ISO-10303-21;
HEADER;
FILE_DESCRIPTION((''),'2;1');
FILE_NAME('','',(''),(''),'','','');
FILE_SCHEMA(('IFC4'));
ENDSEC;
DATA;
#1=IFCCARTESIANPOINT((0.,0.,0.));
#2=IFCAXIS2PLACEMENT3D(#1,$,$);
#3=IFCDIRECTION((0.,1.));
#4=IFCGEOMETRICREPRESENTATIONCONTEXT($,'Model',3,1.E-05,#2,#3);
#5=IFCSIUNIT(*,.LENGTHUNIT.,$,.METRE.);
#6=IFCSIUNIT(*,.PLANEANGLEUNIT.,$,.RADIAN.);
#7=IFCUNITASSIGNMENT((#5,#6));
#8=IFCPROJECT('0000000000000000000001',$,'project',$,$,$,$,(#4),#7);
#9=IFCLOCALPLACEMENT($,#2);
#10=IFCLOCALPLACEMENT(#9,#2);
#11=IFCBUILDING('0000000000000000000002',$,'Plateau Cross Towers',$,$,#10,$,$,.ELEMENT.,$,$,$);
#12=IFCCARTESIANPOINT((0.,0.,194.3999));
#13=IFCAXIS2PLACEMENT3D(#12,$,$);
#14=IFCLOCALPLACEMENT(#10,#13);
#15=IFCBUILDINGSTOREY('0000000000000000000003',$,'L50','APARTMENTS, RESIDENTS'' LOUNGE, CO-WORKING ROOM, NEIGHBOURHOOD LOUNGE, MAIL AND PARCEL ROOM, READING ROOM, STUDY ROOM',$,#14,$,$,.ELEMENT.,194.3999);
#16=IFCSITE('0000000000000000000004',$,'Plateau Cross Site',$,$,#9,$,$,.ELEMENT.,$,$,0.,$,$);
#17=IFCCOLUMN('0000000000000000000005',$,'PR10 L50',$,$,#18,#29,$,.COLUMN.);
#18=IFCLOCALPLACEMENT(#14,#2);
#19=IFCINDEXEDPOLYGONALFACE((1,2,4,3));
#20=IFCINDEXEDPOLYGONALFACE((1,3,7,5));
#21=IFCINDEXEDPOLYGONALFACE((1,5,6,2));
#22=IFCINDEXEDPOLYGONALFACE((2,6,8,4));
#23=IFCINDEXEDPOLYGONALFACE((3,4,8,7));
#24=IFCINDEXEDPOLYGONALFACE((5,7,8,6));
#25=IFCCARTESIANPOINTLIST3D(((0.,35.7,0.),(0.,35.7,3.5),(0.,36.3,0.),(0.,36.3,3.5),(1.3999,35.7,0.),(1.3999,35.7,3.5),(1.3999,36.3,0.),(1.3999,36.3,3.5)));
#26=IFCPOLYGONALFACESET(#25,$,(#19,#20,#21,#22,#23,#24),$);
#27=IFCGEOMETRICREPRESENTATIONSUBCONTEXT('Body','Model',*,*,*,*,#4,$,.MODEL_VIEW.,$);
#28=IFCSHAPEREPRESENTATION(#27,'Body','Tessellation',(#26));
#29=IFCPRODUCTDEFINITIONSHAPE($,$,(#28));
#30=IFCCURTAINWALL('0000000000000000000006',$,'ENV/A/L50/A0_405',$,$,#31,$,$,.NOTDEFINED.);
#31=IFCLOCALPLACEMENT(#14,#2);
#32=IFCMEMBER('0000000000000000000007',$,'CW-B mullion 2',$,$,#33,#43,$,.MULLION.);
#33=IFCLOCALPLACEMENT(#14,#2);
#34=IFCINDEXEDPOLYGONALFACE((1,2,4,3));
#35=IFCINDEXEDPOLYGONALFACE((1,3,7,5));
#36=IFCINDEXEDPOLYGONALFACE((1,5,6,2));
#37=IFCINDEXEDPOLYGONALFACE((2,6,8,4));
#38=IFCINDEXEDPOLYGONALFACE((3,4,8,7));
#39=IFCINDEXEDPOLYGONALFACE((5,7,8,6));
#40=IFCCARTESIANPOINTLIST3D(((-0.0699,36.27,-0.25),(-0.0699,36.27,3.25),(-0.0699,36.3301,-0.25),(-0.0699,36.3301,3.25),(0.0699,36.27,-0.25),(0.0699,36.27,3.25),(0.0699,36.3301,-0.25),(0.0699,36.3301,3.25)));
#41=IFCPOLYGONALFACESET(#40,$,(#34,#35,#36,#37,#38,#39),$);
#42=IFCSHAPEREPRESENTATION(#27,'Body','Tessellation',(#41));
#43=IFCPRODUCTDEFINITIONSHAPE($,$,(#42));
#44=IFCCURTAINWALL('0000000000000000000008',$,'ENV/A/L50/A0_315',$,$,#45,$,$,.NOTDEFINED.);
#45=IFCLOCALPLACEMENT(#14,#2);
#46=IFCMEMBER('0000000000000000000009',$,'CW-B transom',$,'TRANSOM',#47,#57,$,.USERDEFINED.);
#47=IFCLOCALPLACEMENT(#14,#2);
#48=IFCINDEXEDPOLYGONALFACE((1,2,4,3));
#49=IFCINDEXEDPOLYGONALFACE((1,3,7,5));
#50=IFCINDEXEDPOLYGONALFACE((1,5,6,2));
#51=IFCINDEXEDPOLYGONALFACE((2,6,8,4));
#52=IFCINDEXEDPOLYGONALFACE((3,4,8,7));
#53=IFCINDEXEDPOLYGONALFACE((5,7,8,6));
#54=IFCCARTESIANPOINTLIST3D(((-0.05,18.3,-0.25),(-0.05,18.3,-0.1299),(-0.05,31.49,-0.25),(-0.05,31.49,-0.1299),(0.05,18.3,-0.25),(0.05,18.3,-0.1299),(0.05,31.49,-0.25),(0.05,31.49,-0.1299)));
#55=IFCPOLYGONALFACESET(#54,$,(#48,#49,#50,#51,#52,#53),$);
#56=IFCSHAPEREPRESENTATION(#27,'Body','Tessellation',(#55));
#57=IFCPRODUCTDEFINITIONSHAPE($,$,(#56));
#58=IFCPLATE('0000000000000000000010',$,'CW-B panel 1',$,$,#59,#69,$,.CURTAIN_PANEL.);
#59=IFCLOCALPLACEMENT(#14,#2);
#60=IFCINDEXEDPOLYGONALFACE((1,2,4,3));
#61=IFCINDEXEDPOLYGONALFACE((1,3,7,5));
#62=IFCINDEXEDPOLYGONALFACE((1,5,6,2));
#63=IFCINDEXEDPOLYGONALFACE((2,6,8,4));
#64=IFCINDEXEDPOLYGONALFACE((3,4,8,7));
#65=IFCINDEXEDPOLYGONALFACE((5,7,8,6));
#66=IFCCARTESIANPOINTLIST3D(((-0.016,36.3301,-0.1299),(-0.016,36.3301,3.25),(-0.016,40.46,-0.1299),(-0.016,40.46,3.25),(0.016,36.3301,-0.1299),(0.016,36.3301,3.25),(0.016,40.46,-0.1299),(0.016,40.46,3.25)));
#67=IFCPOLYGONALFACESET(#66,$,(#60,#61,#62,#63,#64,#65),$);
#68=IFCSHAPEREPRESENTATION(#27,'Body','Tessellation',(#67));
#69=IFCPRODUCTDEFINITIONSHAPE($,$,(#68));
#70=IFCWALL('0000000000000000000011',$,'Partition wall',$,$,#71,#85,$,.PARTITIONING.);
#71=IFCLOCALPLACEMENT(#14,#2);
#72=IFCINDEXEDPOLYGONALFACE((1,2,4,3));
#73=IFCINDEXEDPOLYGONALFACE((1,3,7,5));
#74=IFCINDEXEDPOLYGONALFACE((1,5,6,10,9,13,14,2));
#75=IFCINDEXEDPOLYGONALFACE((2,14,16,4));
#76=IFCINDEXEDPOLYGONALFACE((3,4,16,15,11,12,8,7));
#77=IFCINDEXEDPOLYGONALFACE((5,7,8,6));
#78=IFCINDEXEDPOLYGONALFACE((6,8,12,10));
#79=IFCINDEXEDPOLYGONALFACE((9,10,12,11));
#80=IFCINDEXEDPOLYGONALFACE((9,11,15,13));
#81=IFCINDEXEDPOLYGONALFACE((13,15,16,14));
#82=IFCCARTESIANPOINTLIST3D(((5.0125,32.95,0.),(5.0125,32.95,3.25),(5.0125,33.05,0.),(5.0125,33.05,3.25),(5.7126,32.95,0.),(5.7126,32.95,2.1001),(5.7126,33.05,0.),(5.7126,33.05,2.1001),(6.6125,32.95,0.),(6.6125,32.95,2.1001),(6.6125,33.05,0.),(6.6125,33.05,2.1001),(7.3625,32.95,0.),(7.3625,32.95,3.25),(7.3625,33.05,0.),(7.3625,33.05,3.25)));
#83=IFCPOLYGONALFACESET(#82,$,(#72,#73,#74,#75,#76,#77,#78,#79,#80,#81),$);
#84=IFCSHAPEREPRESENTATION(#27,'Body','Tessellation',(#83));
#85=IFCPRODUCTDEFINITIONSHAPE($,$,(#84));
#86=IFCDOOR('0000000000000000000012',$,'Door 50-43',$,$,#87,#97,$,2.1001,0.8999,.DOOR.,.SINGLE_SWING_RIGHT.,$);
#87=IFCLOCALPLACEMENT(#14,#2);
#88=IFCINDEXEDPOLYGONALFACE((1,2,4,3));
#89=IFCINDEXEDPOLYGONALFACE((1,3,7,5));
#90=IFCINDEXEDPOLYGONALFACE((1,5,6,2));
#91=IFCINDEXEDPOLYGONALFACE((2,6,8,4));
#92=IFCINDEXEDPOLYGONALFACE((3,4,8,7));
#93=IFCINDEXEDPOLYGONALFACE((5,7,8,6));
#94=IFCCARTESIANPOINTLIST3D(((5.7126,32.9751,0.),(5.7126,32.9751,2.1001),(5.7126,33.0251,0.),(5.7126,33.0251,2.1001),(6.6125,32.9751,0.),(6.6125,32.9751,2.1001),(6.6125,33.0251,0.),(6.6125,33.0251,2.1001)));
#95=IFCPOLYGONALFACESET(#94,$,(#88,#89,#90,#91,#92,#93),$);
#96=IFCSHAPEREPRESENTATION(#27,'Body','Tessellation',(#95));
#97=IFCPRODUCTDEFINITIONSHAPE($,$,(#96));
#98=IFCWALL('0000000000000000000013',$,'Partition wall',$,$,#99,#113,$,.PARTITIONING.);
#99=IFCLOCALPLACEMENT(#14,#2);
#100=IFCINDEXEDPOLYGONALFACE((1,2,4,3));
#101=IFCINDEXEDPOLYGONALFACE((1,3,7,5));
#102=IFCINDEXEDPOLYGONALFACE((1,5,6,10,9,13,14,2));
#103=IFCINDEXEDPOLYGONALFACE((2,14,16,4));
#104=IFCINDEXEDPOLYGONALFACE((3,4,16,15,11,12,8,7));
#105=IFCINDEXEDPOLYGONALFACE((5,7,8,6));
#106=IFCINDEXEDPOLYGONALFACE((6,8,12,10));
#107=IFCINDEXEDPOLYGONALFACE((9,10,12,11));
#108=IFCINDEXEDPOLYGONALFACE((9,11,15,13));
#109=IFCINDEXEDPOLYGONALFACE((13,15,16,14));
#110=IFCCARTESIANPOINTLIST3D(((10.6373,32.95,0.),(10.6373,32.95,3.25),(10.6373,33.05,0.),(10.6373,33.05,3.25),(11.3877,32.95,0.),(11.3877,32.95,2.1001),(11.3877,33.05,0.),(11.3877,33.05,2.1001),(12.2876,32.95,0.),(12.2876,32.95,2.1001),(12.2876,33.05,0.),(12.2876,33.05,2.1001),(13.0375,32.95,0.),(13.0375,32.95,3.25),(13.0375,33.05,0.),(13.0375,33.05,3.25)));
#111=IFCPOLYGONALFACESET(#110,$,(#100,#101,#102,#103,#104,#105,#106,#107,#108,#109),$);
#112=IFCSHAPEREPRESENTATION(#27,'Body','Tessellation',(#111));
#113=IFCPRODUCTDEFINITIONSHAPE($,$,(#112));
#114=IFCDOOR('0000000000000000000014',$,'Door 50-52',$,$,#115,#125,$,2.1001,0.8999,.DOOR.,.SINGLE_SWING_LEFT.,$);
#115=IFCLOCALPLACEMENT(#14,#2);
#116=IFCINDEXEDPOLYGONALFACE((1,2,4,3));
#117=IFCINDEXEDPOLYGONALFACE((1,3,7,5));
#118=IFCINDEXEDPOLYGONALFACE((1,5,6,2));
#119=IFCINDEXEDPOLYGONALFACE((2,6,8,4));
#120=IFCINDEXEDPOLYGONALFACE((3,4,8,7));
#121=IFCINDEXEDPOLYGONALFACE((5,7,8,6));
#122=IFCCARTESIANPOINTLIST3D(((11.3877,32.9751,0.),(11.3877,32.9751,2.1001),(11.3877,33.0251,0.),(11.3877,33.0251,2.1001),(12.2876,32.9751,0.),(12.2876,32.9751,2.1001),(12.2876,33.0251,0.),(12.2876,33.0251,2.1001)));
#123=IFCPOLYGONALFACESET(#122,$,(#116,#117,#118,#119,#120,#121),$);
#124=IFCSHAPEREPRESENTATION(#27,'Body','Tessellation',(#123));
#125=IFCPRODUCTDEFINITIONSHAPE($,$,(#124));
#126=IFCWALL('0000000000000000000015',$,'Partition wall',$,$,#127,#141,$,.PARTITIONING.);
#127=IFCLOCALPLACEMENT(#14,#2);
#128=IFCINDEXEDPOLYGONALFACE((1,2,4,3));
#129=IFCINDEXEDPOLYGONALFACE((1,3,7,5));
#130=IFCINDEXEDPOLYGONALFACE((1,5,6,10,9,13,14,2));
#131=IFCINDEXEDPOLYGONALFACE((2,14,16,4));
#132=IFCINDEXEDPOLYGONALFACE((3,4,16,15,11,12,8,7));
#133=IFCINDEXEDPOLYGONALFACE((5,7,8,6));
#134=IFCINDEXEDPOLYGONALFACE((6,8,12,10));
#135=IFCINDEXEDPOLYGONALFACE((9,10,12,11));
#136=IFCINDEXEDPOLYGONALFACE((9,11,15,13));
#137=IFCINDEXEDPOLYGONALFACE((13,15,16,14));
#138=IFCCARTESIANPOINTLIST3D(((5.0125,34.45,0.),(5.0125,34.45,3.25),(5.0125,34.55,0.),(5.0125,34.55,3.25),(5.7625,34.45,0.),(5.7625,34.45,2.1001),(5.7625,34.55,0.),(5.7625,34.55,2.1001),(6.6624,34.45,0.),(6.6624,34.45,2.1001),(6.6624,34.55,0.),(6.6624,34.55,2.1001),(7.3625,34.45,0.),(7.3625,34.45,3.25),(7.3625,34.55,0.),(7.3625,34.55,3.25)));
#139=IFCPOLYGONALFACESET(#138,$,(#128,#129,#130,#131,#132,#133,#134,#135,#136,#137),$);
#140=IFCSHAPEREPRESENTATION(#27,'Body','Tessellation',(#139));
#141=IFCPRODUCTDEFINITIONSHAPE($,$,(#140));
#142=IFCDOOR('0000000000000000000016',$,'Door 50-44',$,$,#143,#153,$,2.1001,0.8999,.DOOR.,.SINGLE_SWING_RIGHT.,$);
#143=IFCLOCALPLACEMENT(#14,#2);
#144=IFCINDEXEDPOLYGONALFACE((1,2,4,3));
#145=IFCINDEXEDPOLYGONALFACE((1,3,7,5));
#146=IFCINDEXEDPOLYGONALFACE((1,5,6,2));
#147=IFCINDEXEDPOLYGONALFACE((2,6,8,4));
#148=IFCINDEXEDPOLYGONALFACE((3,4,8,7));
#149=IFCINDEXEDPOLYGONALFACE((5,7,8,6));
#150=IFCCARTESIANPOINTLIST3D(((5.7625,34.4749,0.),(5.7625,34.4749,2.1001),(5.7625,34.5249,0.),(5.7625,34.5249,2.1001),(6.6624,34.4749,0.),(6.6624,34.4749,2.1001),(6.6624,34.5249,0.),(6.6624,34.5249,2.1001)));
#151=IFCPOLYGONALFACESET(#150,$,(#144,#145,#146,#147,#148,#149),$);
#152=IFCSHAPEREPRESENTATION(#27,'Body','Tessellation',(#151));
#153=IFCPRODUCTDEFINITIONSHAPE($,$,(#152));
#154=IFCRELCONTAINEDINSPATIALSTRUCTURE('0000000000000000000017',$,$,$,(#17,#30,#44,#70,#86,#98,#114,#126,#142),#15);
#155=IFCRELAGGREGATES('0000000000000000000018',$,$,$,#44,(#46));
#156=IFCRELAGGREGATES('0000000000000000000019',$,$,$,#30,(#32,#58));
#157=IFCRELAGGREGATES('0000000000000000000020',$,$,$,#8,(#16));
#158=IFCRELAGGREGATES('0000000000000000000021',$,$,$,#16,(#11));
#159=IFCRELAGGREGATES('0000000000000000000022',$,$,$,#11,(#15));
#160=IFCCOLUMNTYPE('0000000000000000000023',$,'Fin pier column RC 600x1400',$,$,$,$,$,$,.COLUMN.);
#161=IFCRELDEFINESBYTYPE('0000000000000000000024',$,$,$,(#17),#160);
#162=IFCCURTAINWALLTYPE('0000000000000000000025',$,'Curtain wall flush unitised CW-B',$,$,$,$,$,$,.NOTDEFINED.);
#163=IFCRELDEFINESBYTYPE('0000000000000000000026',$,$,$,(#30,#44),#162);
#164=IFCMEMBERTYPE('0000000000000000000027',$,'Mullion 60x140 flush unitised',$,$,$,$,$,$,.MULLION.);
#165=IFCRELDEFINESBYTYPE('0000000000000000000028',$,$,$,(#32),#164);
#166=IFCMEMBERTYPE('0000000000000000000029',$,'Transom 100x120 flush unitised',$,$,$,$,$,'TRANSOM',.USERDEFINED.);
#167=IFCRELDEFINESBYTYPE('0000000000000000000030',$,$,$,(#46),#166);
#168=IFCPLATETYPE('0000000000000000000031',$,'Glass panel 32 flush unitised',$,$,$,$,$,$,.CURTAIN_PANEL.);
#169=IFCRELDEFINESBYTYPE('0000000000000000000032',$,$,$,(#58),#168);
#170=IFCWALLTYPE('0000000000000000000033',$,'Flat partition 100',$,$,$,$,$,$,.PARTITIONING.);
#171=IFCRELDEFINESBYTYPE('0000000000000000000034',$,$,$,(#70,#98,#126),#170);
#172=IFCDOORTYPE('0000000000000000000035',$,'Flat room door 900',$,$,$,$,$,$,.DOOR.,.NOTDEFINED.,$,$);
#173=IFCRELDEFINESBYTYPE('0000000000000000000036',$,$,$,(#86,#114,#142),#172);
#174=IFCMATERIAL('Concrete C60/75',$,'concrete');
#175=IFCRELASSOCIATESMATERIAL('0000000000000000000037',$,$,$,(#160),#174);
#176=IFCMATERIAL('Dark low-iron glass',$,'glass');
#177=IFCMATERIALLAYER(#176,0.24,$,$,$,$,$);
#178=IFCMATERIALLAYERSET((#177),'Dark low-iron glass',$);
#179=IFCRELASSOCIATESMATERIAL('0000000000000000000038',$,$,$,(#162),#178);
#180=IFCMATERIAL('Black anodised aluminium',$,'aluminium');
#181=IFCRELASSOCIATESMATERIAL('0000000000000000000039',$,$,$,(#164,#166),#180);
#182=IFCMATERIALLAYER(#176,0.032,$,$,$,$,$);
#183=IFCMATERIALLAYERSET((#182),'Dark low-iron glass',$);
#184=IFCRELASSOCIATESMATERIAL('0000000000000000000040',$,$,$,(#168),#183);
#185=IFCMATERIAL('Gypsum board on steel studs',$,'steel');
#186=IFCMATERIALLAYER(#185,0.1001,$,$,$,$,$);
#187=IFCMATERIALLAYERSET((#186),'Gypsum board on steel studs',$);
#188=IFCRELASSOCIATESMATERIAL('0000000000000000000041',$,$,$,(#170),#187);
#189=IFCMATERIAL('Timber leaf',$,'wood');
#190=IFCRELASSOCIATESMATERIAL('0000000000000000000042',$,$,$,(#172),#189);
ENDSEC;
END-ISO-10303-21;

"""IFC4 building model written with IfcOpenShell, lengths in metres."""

from ifc_helpers import new_model, si_unit, direction, frame, frame_2d, origin, origin_2d, place, context, subcontext, project, spatial, rectangle, extrude, material, layer, layer_set, material_profile, profile_set, type_object, element, fill, aggregate, save


model = new_model("IFC4")

# Units and contexts
model_context = context("Model", 3, precision=1e-05, world=origin(), true_north=direction((0.0, 1.0)))
body_context = subcontext(model_context, "Body", "Model", "MODEL_VIEW")
ifc_project = project(units=[si_unit("LENGTHUNIT", "METRE"), si_unit("PLANEANGLEUNIT", "RADIAN")], contexts=[model_context])

# Site, building, storey
site_placement = place(None, origin())
site = spatial("IfcSite", under=ifc_project, at=site_placement, Name="Plateau Cross Site", CompositionType="ELEMENT", RefElevation=0.0)
building_placement = place(site_placement, origin())
building = spatial("IfcBuilding", under=site, at=building_placement, Name="Plateau Cross Towers", CompositionType="ELEMENT")
storey_placement = place(building_placement, frame((0.0, 0.0, 194.3999)))
storey = spatial("IfcBuildingStorey", under=building, at=storey_placement, Name="L50", Description="APARTMENTS, RESIDENTS' LOUNGE, CO-WORKING ROOM, NEIGHBOURHOOD LOUNGE, MAIL AND PARCEL ROOM, READING ROOM, STUDY ROOM", CompositionType="ELEMENT", Elevation=194.3999)

# Column
ifc_material_1 = material(Name="Concrete C60/75", Category="concrete")
ifc_material_profile_1 = material_profile(ifc_material_1, rectangle(XDim=0.6001, YDim=1.3999, at=origin_2d()), Name="RC 600x1400")
ifc_profile_set_1 = profile_set([ifc_material_profile_1], Name="Concrete C60/75")
column_type = type_object("IfcColumnType", Name="Fin pier column RC 600x1400", PredefinedType="COLUMN", material=ifc_profile_set_1)
column_placement = place(storey_placement, frame((0.7, 36.0, 0.0), z_axis=(0.0, 0.0, 1.0), x_axis=(0.0, 1.0, 0.0)))
element("IfcColumn", 1, at=column_placement, inside=storey, type_object=column_type, Name="PR10 L50", PredefinedType="COLUMN", context=body_context, shape_type="SweptSolid", body=[
    extrude(rectangle(XDim=0.6001, YDim=1.3999, at=origin_2d()), origin(), (0.0, 0.0, 1.0), 3.5),
])

# Curtain walls, members
ifc_material_2 = material(Name="Dark low-iron glass", Category="glass")
ifc_layer_1 = layer(ifc_material_2, 0.24)
ifc_layer_set_1 = layer_set([ifc_layer_1], Name="Dark low-iron glass")
curtain_wall_type = type_object("IfcCurtainWallType", Name="Curtain wall flush unitised CW-B", PredefinedType="NOTDEFINED", material=ifc_layer_set_1)
curtain_wall_1_placement = place(storey_placement, origin())
curtain_wall_1 = element("IfcCurtainWall", 2, at=curtain_wall_1_placement, inside=storey, type_object=curtain_wall_type, Name="ENV/A/L50/A0_405", PredefinedType="NOTDEFINED")
ifc_material_3 = material(Name="Black anodised aluminium", Category="aluminium")
ifc_material_profile_2 = material_profile(ifc_material_3, rectangle(XDim=0.0601, YDim=0.1399, at=origin_2d()), Name="MULLION 60x140")
ifc_profile_set_2 = profile_set([ifc_material_profile_2], Name="Black anodised aluminium")
member_type_1 = type_object("IfcMemberType", Name="Mullion 60x140 flush unitised", PredefinedType="MULLION", material=ifc_profile_set_2)
member_1_placement = place(storey_placement, frame((0.0, 36.3, -0.25), z_axis=(0.0, 0.0, 1.0), x_axis=(0.0, -1.0, 0.0)))
member_1 = element("IfcMember", 3, at=member_1_placement, type_object=member_type_1, Name="CW-B mullion 2", PredefinedType="MULLION", context=body_context, shape_type="SweptSolid", body=[
    extrude(rectangle(XDim=0.0601, YDim=0.1399, at=origin_2d()), origin(), (0.0, 0.0, 1.0), 3.5),
])
curtain_wall_2_placement = place(storey_placement, origin())
curtain_wall_2 = element("IfcCurtainWall", 4, at=curtain_wall_2_placement, inside=storey, type_object=curtain_wall_type, Name="ENV/A/L50/A0_315", PredefinedType="NOTDEFINED")
ifc_material_profile_3 = material_profile(ifc_material_3, rectangle(XDim=0.1001, YDim=0.1201, at=origin_2d()), Name="TRANSOM 100x120")
ifc_profile_set_3 = profile_set([ifc_material_profile_3], Name="Black anodised aluminium")
member_type_2 = type_object("IfcMemberType", Name="Transom 100x120 flush unitised", ElementType="TRANSOM", PredefinedType="USERDEFINED", material=ifc_profile_set_3)
member_2_placement = place(storey_placement, frame((0.0, 31.49, -0.1899), z_axis=(0.0, -1.0, 0.0), x_axis=(1.0, 0.0, 0.0)))
member_2 = element("IfcMember", 5, at=member_2_placement, type_object=member_type_2, Name="CW-B transom", ObjectType="TRANSOM", PredefinedType="USERDEFINED", context=body_context, shape_type="SweptSolid", body=[
    extrude(rectangle(XDim=0.1001, YDim=0.1201, at=origin_2d()), origin(), (0.0, 0.0, 1.0), 13.1899),
])
aggregate(curtain_wall_2, [member_2])

# Plate
ifc_layer_2 = layer(ifc_material_2, 0.032)
ifc_layer_set_2 = layer_set([ifc_layer_2], Name="Dark low-iron glass")
plate_type = type_object("IfcPlateType", Name="Glass panel 32 flush unitised", PredefinedType="CURTAIN_PANEL", material=ifc_layer_set_2)
plate_placement = place(storey_placement, frame((0.0, 38.395, -0.1299), z_axis=(0.0, 0.0, 1.0), x_axis=(0.0, -1.0, 0.0)))
plate = element("IfcPlate", 6, at=plate_placement, type_object=plate_type, Name="CW-B panel 1", PredefinedType="CURTAIN_PANEL", context=body_context, shape_type="SweptSolid", body=[
    extrude(rectangle(XDim=4.1299, YDim=0.032, at=origin_2d()), origin(), (0.0, 0.0, 1.0), 3.3799),
])
aggregate(curtain_wall_1, [member_1, plate])

# Walls, openings, doors
ifc_material_4 = material(Name="Gypsum board on steel studs", Category="steel")
ifc_layer_3 = layer(ifc_material_4, 0.1001)
ifc_layer_set_3 = layer_set([ifc_layer_3], Name="Gypsum board on steel studs")
wall_type_1 = type_object("IfcWallType", Name="Flat partition 100", PredefinedType="PARTITIONING", material=ifc_layer_set_3)
wall_1_placement = place(storey_placement, frame((7.3625, 33.0, 0.0), z_axis=(0.0, 0.0, 1.0), x_axis=(-1.0, 0.0, 0.0)))
wall_1 = element("IfcWall", 7, at=wall_1_placement, inside=storey, type_object=wall_type_1, Name="Partition wall", PredefinedType="PARTITIONING", context=body_context, shape_type="SweptSolid", body=[
    extrude(rectangle(XDim=2.3501, YDim=0.1001, at=frame_2d((1.175, 0.0))), origin(), (0.0, 0.0, 1.0), 3.25),
])
opening_1_placement = place(wall_1_placement, frame((0.75, 0.0, 0.0)))
opening_1 = element("IfcOpeningElement", 8, at=opening_1_placement, cuts=wall_1, PredefinedType="OPENING", context=body_context, shape_type="SweptSolid", body=[
    extrude(rectangle(XDim=0.8999, YDim=2.1001, at=frame_2d((0.45, 1.05))), frame((0.0, 0.0601, 0.0), z_axis=(0.0, -1.0, 0.0), x_axis=(1.0, 0.0, 0.0)), (0.0, 0.0, 1.0), 0.1201),
])
ifc_material_5 = material(Name="Timber leaf", Category="wood")
door_type_1 = type_object("IfcDoorType", Name="Flat room door 900", OperationType="NOTDEFINED", PredefinedType="DOOR", material=ifc_material_5)
door_1_placement = place(opening_1_placement, origin())
door_1 = element("IfcDoor", 9, at=door_1_placement, inside=storey, type_object=door_type_1, Name="Door 50-43", OperationType="SINGLE_SWING_RIGHT", OverallHeight=2.1001, OverallWidth=0.8999, PredefinedType="DOOR", context=body_context, shape_type="SweptSolid", body=[
    extrude(rectangle(XDim=0.8999, YDim=2.1001, at=frame_2d((0.45, 1.05))), frame((0.0, 0.0249, 0.0), z_axis=(0.0, -1.0, 0.0), x_axis=(1.0, 0.0, 0.0)), (0.0, 0.0, 1.0), 0.05),
])
fill(opening_1, door_1)
wall_2_placement = place(storey_placement, frame((13.0376, 33.0, 0.0), z_axis=(0.0, 0.0, 1.0), x_axis=(-1.0, 0.0, 0.0)))
wall_2 = element("IfcWall", 10, at=wall_2_placement, inside=storey, type_object=wall_type_1, Name="Partition wall", PredefinedType="PARTITIONING", context=body_context, shape_type="SweptSolid", body=[
    extrude(rectangle(XDim=2.4001, YDim=0.1001, at=frame_2d((1.2002, 0.0))), origin(), (0.0, 0.0, 1.0), 3.25),
])
opening_2_placement = place(wall_2_placement, frame((0.75, 0.0, 0.0)))
opening_2 = element("IfcOpeningElement", 11, at=opening_2_placement, cuts=wall_2, PredefinedType="OPENING", context=body_context, shape_type="SweptSolid", body=[
    extrude(rectangle(XDim=0.8999, YDim=2.1001, at=frame_2d((0.45, 1.05))), frame((0.0, 0.0601, 0.0), z_axis=(0.0, -1.0, 0.0), x_axis=(1.0, 0.0, 0.0)), (0.0, 0.0, 1.0), 0.1201),
])
door_2_placement = place(opening_2_placement, origin())
door_2 = element("IfcDoor", 12, at=door_2_placement, inside=storey, type_object=door_type_1, Name="Door 50-52", OperationType="SINGLE_SWING_LEFT", OverallHeight=2.1001, OverallWidth=0.8999, PredefinedType="DOOR", context=body_context, shape_type="SweptSolid", body=[
    extrude(rectangle(XDim=0.8999, YDim=2.1001, at=frame_2d((0.45, 1.05))), frame((0.0, 0.0249, 0.0), z_axis=(0.0, -1.0, 0.0), x_axis=(1.0, 0.0, 0.0)), (0.0, 0.0, 1.0), 0.05),
])
fill(opening_2, door_2)
wall_3_placement = place(storey_placement, frame((5.0125, 34.5, 0.0), z_axis=(0.0, 0.0, 1.0), x_axis=(1.0, 0.0, 0.0)))
wall_3 = element("IfcWall", 13, at=wall_3_placement, inside=storey, type_object=wall_type_1, Name="Partition wall", PredefinedType="PARTITIONING", context=body_context, shape_type="SweptSolid", body=[
    extrude(rectangle(XDim=2.3501, YDim=0.1001, at=frame_2d((1.175, 0.0))), origin(), (0.0, 0.0, 1.0), 3.25),
])
opening_3_placement = place(wall_3_placement, frame((0.75, 0.0, 0.0)))
opening_3 = element("IfcOpeningElement", 14, at=opening_3_placement, cuts=wall_3, PredefinedType="OPENING", context=body_context, shape_type="SweptSolid", body=[
    extrude(rectangle(XDim=0.8999, YDim=2.1001, at=frame_2d((0.45, 1.05))), frame((0.0, 0.0601, 0.0), z_axis=(0.0, -1.0, 0.0), x_axis=(1.0, 0.0, 0.0)), (0.0, 0.0, 1.0), 0.1201),
])
door_3_placement = place(opening_3_placement, origin())
door_3 = element("IfcDoor", 15, at=door_3_placement, inside=storey, type_object=door_type_1, Name="Door 50-44", OperationType="SINGLE_SWING_RIGHT", OverallHeight=2.1001, OverallWidth=0.8999, PredefinedType="DOOR", context=body_context, shape_type="SweptSolid", body=[
    extrude(rectangle(XDim=0.8999, YDim=2.1001, at=frame_2d((0.45, 1.05))), frame((0.0, 0.0249, 0.0), z_axis=(0.0, -1.0, 0.0), x_axis=(1.0, 0.0, 0.0)), (0.0, 0.0, 1.0), 0.05),
])
fill(opening_3, door_3)

save(model, "model.ifc")
